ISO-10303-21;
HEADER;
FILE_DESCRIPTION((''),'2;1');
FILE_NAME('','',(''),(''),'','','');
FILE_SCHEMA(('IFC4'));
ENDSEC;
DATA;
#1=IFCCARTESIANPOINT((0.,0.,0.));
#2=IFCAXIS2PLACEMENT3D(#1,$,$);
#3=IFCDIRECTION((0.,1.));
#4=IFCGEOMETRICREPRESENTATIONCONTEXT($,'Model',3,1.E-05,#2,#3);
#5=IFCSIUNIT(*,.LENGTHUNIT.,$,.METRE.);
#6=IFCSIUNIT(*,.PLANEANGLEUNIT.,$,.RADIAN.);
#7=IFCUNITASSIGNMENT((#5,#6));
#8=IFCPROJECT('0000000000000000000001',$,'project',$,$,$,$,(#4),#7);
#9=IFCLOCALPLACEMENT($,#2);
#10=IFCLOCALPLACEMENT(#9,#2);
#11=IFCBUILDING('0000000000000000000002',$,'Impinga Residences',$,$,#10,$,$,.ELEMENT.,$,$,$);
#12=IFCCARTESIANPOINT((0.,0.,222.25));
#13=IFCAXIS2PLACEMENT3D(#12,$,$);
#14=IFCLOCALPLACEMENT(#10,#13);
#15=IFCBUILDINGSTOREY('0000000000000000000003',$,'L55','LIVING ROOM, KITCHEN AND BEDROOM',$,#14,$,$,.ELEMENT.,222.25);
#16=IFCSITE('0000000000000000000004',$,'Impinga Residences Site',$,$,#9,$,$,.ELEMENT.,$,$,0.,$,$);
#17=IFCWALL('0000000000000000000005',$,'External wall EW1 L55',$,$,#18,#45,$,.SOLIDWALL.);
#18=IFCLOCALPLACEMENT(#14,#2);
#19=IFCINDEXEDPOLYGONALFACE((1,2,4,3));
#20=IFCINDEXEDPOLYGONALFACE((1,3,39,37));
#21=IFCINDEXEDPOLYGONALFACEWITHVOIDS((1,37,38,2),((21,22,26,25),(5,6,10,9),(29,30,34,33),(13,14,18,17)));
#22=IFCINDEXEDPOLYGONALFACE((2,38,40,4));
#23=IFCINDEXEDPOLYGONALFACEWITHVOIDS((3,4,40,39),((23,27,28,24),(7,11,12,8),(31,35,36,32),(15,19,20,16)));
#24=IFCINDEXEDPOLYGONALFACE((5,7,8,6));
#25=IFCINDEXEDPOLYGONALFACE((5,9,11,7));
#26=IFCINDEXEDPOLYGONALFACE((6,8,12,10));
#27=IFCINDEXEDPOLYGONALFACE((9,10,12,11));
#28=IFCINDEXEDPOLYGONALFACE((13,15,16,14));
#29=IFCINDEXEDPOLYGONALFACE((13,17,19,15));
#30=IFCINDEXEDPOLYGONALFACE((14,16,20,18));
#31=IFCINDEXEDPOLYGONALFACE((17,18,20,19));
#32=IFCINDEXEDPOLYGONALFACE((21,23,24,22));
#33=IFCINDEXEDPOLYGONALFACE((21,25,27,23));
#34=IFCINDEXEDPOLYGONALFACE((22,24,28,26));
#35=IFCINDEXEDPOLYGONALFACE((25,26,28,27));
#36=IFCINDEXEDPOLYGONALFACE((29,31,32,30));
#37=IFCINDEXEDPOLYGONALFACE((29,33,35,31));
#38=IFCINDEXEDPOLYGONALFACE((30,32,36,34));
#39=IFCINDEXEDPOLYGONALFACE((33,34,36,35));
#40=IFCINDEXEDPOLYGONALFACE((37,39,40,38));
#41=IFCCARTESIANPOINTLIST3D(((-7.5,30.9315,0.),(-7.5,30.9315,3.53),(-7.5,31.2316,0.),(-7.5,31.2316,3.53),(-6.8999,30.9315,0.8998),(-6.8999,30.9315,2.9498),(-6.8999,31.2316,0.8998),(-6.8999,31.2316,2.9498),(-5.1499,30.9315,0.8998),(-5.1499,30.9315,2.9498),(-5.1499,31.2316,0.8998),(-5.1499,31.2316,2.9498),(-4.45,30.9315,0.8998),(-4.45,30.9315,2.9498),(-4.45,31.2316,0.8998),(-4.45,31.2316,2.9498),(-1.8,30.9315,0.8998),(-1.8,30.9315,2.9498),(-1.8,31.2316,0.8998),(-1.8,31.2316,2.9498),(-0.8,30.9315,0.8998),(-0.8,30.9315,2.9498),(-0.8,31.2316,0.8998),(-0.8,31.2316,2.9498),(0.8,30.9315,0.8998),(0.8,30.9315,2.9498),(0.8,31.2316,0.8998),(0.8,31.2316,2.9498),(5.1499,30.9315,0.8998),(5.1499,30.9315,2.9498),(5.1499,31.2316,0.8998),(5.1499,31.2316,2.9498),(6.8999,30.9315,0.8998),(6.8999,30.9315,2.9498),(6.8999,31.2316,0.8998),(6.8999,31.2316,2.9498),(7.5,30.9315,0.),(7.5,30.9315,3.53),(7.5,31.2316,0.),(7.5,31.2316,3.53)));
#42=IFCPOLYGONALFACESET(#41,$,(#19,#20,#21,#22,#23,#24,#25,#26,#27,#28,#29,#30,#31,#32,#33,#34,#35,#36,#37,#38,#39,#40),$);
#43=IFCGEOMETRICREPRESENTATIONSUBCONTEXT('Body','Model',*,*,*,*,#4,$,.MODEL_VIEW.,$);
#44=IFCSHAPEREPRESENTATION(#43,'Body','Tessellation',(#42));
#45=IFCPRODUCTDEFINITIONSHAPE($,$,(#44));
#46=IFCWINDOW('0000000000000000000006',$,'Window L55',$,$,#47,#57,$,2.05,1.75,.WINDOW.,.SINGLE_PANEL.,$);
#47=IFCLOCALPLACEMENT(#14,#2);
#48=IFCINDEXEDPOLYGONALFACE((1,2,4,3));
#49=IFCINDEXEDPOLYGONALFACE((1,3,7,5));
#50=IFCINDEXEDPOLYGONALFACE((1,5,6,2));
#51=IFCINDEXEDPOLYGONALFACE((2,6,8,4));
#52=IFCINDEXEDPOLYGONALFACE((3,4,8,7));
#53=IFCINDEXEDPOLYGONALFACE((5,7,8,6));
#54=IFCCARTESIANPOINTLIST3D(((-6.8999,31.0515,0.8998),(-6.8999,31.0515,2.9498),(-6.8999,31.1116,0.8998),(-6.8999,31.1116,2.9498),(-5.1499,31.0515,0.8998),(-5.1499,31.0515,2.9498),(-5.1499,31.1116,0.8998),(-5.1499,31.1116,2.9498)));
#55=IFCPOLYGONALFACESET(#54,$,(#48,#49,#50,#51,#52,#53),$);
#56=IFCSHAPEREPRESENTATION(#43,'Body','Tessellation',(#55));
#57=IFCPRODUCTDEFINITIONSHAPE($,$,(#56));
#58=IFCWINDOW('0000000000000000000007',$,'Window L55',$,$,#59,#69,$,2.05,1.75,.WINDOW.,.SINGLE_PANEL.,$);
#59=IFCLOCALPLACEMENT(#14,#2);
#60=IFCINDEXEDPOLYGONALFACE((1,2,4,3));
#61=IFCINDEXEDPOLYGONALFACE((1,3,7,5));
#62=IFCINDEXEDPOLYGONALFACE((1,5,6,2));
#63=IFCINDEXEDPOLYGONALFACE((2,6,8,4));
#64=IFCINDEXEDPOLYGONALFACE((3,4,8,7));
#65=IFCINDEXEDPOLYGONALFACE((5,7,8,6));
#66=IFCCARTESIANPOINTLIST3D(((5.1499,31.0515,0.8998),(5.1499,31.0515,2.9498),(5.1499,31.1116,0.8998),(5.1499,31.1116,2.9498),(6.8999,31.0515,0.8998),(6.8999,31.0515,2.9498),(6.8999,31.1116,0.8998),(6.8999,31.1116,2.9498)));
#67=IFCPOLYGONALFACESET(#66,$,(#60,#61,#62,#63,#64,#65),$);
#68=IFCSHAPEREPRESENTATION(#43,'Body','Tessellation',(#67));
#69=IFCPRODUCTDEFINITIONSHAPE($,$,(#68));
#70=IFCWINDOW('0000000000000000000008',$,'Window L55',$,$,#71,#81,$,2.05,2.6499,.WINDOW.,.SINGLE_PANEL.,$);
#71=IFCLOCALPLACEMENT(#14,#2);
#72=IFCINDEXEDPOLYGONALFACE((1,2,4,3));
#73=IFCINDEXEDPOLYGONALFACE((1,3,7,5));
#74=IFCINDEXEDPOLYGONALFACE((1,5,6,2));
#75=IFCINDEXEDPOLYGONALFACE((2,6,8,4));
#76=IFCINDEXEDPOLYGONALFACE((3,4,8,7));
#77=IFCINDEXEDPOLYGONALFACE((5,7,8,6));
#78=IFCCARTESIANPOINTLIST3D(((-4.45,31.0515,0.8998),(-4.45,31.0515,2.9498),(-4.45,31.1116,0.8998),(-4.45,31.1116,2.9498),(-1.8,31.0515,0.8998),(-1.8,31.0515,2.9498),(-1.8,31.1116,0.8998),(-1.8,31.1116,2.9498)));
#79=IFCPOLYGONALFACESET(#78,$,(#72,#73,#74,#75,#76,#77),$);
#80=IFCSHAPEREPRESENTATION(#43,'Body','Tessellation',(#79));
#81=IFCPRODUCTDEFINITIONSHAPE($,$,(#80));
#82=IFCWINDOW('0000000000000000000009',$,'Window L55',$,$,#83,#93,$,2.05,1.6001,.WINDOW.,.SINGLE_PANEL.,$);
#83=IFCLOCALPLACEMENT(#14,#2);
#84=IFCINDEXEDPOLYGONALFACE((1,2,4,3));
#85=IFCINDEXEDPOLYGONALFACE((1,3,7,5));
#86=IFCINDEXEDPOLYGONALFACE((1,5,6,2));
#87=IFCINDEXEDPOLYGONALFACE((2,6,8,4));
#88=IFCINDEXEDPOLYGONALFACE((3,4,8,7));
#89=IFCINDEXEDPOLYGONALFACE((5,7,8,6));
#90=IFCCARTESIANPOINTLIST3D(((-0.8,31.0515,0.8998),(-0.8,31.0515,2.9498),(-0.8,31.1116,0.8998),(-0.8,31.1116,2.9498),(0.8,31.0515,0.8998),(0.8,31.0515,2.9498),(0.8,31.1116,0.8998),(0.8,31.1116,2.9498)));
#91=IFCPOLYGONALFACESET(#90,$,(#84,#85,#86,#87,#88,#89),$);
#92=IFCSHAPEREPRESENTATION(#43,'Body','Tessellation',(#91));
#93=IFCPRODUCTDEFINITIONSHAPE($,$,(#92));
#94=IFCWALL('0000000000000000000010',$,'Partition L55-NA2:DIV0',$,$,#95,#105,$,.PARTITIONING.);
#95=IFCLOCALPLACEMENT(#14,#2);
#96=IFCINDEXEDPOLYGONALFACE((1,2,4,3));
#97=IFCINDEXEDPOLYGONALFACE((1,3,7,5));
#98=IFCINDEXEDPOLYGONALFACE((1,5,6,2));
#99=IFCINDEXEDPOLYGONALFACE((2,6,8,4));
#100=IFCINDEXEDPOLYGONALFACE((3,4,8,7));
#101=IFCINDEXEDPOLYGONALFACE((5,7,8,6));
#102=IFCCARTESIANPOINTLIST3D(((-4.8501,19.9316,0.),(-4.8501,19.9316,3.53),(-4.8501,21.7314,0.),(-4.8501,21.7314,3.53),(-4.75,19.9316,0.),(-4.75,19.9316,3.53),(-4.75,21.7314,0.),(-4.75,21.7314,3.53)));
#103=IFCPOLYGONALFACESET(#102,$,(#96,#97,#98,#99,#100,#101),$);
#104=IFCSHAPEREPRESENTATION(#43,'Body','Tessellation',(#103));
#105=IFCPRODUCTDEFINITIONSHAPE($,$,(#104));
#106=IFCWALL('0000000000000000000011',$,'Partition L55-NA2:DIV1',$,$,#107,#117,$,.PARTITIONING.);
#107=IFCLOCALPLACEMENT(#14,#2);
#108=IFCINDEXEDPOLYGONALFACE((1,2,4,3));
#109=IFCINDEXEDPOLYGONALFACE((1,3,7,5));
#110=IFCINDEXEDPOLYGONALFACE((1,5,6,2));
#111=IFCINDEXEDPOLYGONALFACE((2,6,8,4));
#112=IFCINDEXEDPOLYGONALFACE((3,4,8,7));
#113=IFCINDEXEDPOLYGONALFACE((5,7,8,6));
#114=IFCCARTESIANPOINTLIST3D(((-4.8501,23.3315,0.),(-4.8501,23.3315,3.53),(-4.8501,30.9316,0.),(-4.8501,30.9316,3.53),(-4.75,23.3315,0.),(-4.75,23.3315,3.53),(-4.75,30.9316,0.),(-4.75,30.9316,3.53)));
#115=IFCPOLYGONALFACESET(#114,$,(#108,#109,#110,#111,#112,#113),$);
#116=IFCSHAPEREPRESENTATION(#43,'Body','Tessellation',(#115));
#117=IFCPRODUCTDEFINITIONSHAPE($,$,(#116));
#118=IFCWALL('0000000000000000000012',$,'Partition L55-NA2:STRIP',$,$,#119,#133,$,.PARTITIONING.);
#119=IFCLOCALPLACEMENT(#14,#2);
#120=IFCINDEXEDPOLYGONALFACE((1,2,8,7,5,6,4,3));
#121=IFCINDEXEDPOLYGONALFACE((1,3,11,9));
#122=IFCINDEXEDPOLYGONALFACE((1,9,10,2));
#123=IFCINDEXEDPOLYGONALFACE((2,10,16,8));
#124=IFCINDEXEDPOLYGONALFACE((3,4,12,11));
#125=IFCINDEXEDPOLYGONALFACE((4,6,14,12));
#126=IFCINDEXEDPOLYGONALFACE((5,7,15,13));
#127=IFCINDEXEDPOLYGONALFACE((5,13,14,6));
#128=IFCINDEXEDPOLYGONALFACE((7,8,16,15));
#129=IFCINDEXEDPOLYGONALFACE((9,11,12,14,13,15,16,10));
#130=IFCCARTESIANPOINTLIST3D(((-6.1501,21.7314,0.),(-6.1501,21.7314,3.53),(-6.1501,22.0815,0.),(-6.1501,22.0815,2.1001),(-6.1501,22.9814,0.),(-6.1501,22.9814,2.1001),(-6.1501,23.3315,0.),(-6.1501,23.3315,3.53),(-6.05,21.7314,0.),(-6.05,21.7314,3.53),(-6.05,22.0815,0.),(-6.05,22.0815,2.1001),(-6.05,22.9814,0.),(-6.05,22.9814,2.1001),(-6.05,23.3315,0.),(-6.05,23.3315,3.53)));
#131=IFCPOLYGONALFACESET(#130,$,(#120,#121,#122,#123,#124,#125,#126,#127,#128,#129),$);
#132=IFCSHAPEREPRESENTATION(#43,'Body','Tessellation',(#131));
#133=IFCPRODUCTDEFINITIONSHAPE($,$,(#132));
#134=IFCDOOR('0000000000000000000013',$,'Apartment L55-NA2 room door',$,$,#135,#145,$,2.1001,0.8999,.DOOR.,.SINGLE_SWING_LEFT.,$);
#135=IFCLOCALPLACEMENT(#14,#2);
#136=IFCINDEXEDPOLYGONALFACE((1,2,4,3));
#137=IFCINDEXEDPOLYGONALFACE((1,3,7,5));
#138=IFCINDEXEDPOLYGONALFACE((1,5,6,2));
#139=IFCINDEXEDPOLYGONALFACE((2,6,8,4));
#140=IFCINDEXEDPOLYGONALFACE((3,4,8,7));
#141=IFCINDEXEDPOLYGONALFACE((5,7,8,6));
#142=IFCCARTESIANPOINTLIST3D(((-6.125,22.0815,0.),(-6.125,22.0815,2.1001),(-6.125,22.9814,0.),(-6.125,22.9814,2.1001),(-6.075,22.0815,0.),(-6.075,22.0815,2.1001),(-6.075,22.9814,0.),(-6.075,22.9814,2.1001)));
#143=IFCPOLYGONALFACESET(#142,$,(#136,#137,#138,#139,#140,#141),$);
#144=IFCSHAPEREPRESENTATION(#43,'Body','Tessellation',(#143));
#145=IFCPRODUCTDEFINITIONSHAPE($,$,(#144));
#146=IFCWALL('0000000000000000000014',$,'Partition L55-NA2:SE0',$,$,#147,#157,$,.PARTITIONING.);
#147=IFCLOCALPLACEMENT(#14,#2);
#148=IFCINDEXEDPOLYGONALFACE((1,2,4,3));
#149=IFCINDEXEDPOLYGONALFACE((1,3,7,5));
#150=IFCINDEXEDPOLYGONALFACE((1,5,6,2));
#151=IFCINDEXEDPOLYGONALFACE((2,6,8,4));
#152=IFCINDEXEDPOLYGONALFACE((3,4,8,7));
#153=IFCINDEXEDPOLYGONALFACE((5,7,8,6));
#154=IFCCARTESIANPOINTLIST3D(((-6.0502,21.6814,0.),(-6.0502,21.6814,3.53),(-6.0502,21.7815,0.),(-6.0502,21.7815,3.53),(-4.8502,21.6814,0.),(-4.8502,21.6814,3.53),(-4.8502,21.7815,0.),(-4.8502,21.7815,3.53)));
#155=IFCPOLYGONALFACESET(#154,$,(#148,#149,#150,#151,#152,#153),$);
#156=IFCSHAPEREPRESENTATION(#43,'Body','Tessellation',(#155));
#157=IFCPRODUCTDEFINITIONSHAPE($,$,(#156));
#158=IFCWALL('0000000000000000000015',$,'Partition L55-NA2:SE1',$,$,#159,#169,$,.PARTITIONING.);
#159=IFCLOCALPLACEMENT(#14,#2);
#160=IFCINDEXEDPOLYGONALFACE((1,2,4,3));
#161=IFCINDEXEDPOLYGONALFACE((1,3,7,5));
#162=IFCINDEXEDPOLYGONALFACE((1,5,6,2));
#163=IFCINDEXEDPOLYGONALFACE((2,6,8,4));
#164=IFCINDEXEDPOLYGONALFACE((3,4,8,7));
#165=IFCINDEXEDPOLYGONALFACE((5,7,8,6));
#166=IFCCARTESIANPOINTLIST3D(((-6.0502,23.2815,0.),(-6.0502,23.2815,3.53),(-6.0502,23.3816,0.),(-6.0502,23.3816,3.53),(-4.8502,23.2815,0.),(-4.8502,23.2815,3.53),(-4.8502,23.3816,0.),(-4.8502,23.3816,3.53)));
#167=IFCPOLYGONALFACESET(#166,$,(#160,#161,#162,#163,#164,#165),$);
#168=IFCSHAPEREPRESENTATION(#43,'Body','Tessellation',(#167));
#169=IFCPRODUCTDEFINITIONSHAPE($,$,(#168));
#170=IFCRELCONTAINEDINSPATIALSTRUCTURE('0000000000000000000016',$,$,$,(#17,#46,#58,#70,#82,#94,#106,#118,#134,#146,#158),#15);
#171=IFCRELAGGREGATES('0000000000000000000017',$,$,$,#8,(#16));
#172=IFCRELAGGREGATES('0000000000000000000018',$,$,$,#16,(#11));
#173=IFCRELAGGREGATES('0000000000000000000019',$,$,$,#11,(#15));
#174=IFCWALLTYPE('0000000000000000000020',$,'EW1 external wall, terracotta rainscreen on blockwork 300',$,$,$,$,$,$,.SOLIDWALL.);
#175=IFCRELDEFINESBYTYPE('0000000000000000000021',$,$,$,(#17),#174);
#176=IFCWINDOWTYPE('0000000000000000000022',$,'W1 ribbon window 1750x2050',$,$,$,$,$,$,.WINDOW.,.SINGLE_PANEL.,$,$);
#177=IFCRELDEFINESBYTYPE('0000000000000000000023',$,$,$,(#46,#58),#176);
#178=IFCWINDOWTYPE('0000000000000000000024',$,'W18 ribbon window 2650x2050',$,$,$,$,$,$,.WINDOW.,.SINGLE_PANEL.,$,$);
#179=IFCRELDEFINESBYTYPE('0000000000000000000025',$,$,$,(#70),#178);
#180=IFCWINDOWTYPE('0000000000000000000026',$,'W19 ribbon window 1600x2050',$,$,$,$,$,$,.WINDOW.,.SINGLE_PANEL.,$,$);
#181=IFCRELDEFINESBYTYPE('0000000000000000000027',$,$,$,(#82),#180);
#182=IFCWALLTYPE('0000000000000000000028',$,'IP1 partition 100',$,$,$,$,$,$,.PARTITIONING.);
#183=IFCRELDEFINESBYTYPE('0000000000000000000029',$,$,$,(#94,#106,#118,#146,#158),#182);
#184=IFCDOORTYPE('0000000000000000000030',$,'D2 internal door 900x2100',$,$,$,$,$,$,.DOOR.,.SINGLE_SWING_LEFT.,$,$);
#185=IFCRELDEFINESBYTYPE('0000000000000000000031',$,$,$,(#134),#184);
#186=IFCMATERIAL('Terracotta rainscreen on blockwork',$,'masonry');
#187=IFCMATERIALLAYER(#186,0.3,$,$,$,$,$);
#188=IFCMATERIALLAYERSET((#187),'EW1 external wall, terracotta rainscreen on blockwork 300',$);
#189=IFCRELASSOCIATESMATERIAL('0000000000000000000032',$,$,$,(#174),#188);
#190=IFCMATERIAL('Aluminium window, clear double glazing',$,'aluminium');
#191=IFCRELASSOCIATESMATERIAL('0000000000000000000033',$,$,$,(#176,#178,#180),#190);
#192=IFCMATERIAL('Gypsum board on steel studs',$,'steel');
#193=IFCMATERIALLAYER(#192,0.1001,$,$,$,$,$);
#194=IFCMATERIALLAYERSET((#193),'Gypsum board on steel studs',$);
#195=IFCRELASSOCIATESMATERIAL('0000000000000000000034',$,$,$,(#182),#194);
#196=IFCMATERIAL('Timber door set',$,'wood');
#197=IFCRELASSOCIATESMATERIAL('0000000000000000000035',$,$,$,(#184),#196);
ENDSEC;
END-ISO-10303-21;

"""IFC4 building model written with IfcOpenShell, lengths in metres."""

from ifc_helpers import new_model, si_unit, direction, frame, frame_2d, origin, place, context, subcontext, project, spatial, rectangle, extrude, material, layer, layer_set, type_object, element, fill, save


model = new_model("IFC4")

# Units and contexts
model_context = context("Model", 3, precision=1e-05, world=origin(), true_north=direction((0.0, 1.0)))
body_context = subcontext(model_context, "Body", "Model", "MODEL_VIEW")
ifc_project = project(units=[si_unit("LENGTHUNIT", "METRE"), si_unit("PLANEANGLEUNIT", "RADIAN")], contexts=[model_context])

# Site, building, storey
site_placement = place(None, origin())
site = spatial("IfcSite", under=ifc_project, at=site_placement, Name="Impinga Residences Site", CompositionType="ELEMENT", RefElevation=0.0)
building_placement = place(site_placement, origin())
building = spatial("IfcBuilding", under=site, at=building_placement, Name="Impinga Residences", CompositionType="ELEMENT")
storey_placement = place(building_placement, frame((0.0, 0.0, 222.25)))
storey = spatial("IfcBuildingStorey", under=building, at=storey_placement, Name="L55", Description="LIVING ROOM, KITCHEN AND BEDROOM", CompositionType="ELEMENT", Elevation=222.25)

# Shared definitions
ifc_material_1 = material(Name="Timber door set", Category="wood")

# Shared definitions
ifc_material_2 = material(Name="Terracotta rainscreen on blockwork", Category="masonry")
ifc_layer_1 = layer(ifc_material_2, 0.3)
ifc_layer_set_1 = layer_set([ifc_layer_1], Name="EW1 external wall, terracotta rainscreen on blockwork 300")
wall_type_1 = type_object("IfcWallType", Name="EW1 external wall, terracotta rainscreen on blockwork 300", PredefinedType="SOLIDWALL", material=ifc_layer_set_1)

# Wall, openings, windows
wall_1_placement = place(storey_placement, frame((-7.5, 31.0815, 0.0), z_axis=(0.0, 0.0, 1.0), x_axis=(1.0, 0.0, 0.0)))
wall_1 = element("IfcWall", 1, at=wall_1_placement, inside=storey, type_object=wall_type_1, Name="External wall EW1 L55", PredefinedType="SOLIDWALL", context=body_context, shape_type="SweptSolid", body=[
    extrude(rectangle(XDim=15.0, YDim=0.3, at=frame_2d((7.5, 0.0))), origin(), (0.0, 0.0, 1.0), 3.53),
])
opening_1_placement = place(wall_1_placement, frame((0.6001, 0.0, 0.8999)))
opening_1 = element("IfcOpeningElement", 2, at=opening_1_placement, cuts=wall_1, PredefinedType="OPENING", context=body_context, shape_type="SweptSolid", body=[
    extrude(rectangle(XDim=1.75, YDim=2.05, at=frame_2d((0.875, 1.0249))), frame((0.0, 0.1599, 0.0), z_axis=(0.0, -1.0, 0.0), x_axis=(1.0, 0.0, 0.0)), (0.0, 0.0, 1.0), 0.3201),
])
opening_2_placement = place(wall_1_placement, frame((3.05, 0.0, 0.8999)))
opening_2 = element("IfcOpeningElement", 3, at=opening_2_placement, cuts=wall_1, PredefinedType="OPENING", context=body_context, shape_type="SweptSolid", body=[
    extrude(rectangle(XDim=2.6499, YDim=2.05, at=frame_2d((1.325, 1.0249))), frame((0.0, 0.1599, 0.0), z_axis=(0.0, -1.0, 0.0), x_axis=(1.0, 0.0, 0.0)), (0.0, 0.0, 1.0), 0.3201),
])
opening_3_placement = place(wall_1_placement, frame((6.7, 0.0, 0.8999)))
opening_3 = element("IfcOpeningElement", 4, at=opening_3_placement, cuts=wall_1, PredefinedType="OPENING", context=body_context, shape_type="SweptSolid", body=[
    extrude(rectangle(XDim=1.6001, YDim=2.05, at=frame_2d((0.8, 1.0249))), frame((0.0, 0.1599, 0.0), z_axis=(0.0, -1.0, 0.0), x_axis=(1.0, 0.0, 0.0)), (0.0, 0.0, 1.0), 0.3201),
])
opening_4_placement = place(wall_1_placement, frame((12.6499, 0.0, 0.8999)))
opening_4 = element("IfcOpeningElement", 5, at=opening_4_placement, cuts=wall_1, PredefinedType="OPENING", context=body_context, shape_type="SweptSolid", body=[
    extrude(rectangle(XDim=1.75, YDim=2.05, at=frame_2d((0.875, 1.0249))), frame((0.0, 0.1599, 0.0), z_axis=(0.0, -1.0, 0.0), x_axis=(1.0, 0.0, 0.0)), (0.0, 0.0, 1.0), 0.3201),
])
ifc_material_3 = material(Name="Aluminium window, clear double glazing", Category="aluminium")
window_type_1 = type_object("IfcWindowType", Name="W1 ribbon window 1750x2050", PartitioningType="SINGLE_PANEL", PredefinedType="WINDOW", material=ifc_material_3)
window_1_placement = place(opening_1_placement, origin())
window_1 = element("IfcWindow", 6, at=window_1_placement, inside=storey, type_object=window_type_1, Name="Window L55", OverallHeight=2.05, OverallWidth=1.75, PartitioningType="SINGLE_PANEL", PredefinedType="WINDOW", context=body_context, shape_type="SweptSolid", body=[
    extrude(rectangle(XDim=1.75, YDim=2.05, at=frame_2d((0.875, 1.0249))), frame((0.0, 0.03, 0.0), z_axis=(0.0, -1.0, 0.0), x_axis=(1.0, 0.0, 0.0)), (0.0, 0.0, 1.0), 0.0601),
])
fill(opening_1, window_1)
window_2_placement = place(opening_4_placement, origin())
window_2 = element("IfcWindow", 7, at=window_2_placement, inside=storey, type_object=window_type_1, Name="Window L55", OverallHeight=2.05, OverallWidth=1.75, PartitioningType="SINGLE_PANEL", PredefinedType="WINDOW", context=body_context, shape_type="SweptSolid", body=[
    extrude(rectangle(XDim=1.75, YDim=2.05, at=frame_2d((0.875, 1.0249))), frame((0.0, 0.03, 0.0), z_axis=(0.0, -1.0, 0.0), x_axis=(1.0, 0.0, 0.0)), (0.0, 0.0, 1.0), 0.0601),
])
fill(opening_4, window_2)
window_type_2 = type_object("IfcWindowType", Name="W18 ribbon window 2650x2050", PartitioningType="SINGLE_PANEL", PredefinedType="WINDOW", material=ifc_material_3)
window_3_placement = place(opening_2_placement, origin())
window_3 = element("IfcWindow", 8, at=window_3_placement, inside=storey, type_object=window_type_2, Name="Window L55", OverallHeight=2.05, OverallWidth=2.6499, PartitioningType="SINGLE_PANEL", PredefinedType="WINDOW", context=body_context, shape_type="SweptSolid", body=[
    extrude(rectangle(XDim=2.6499, YDim=2.05, at=frame_2d((1.325, 1.0249))), frame((0.0, 0.03, 0.0), z_axis=(0.0, -1.0, 0.0), x_axis=(1.0, 0.0, 0.0)), (0.0, 0.0, 1.0), 0.0601),
])
fill(opening_2, window_3)
window_type_3 = type_object("IfcWindowType", Name="W19 ribbon window 1600x2050", PartitioningType="SINGLE_PANEL", PredefinedType="WINDOW", material=ifc_material_3)
window_4_placement = place(opening_3_placement, origin())
window_4 = element("IfcWindow", 9, at=window_4_placement, inside=storey, type_object=window_type_3, Name="Window L55", OverallHeight=2.05, OverallWidth=1.6001, PartitioningType="SINGLE_PANEL", PredefinedType="WINDOW", context=body_context, shape_type="SweptSolid", body=[
    extrude(rectangle(XDim=1.6001, YDim=2.05, at=frame_2d((0.8, 1.0249))), frame((0.0, 0.03, 0.0), z_axis=(0.0, -1.0, 0.0), x_axis=(1.0, 0.0, 0.0)), (0.0, 0.0, 1.0), 0.0601),
])
fill(opening_3, window_4)

# Walls
ifc_material_4 = material(Name="Gypsum board on steel studs", Category="steel")
ifc_layer_2 = layer(ifc_material_4, 0.1001)
ifc_layer_set_2 = layer_set([ifc_layer_2], Name="Gypsum board on steel studs")
wall_type_2 = type_object("IfcWallType", Name="IP1 partition 100", PredefinedType="PARTITIONING", material=ifc_layer_set_2)
wall_2_placement = place(storey_placement, frame((-4.8, 19.9316, 0.0), z_axis=(0.0, 0.0, 1.0), x_axis=(0.0, 1.0, 0.0)))
element("IfcWall", 10, at=wall_2_placement, inside=storey, type_object=wall_type_2, Name="Partition L55-NA2:DIV0", PredefinedType="PARTITIONING", context=body_context, shape_type="SweptSolid", body=[
    extrude(rectangle(XDim=1.7998, YDim=0.1001, at=frame_2d((0.8999, 0.0))), origin(), (0.0, 0.0, 1.0), 3.53),
])
wall_3_placement = place(storey_placement, frame((-4.8, 23.3315, 0.0), z_axis=(0.0, 0.0, 1.0), x_axis=(0.0, 1.0, 0.0)))
element("IfcWall", 11, at=wall_3_placement, inside=storey, type_object=wall_type_2, Name="Partition L55-NA2:DIV1", PredefinedType="PARTITIONING", context=body_context, shape_type="SweptSolid", body=[
    extrude(rectangle(XDim=7.6001, YDim=0.1001, at=frame_2d((3.8, 0.0))), origin(), (0.0, 0.0, 1.0), 3.53),
])

# Wall, opening, door
wall_4_placement = place(storey_placement, frame((-6.1001, 21.7314, 0.0), z_axis=(0.0, 0.0, 1.0), x_axis=(0.0, 1.0, 0.0)))
wall_4 = element("IfcWall", 12, at=wall_4_placement, inside=storey, type_object=wall_type_2, Name="Partition L55-NA2:STRIP", PredefinedType="PARTITIONING", context=body_context, shape_type="SweptSolid", body=[
    extrude(rectangle(XDim=1.6001, YDim=0.1001, at=frame_2d((0.8, 0.0))), origin(), (0.0, 0.0, 1.0), 3.53),
])
opening_5_placement = place(wall_4_placement, frame((0.3501, 0.0, 0.0)))
opening_5 = element("IfcOpeningElement", 13, at=opening_5_placement, cuts=wall_4, PredefinedType="OPENING", context=body_context, shape_type="SweptSolid", body=[
    extrude(rectangle(XDim=0.8999, YDim=2.1001, at=frame_2d((0.45, 1.05))), frame((0.0, 0.0601, 0.0), z_axis=(0.0, -1.0, 0.0), x_axis=(1.0, 0.0, 0.0)), (0.0, 0.0, 1.0), 0.1201),
])
door_type_1 = type_object("IfcDoorType", Name="D2 internal door 900x2100", OperationType="SINGLE_SWING_LEFT", PredefinedType="DOOR", material=ifc_material_1)
door_1_placement = place(opening_5_placement, origin())
door_1 = element("IfcDoor", 14, at=door_1_placement, inside=storey, type_object=door_type_1, Name="Apartment L55-NA2 room door", OperationType="SINGLE_SWING_LEFT", OverallHeight=2.1001, OverallWidth=0.8999, PredefinedType="DOOR", context=body_context, shape_type="SweptSolid", body=[
    extrude(rectangle(XDim=0.8999, YDim=2.1001, at=frame_2d((0.45, 1.05))), frame((0.0, 0.0249, 0.0), z_axis=(0.0, -1.0, 0.0), x_axis=(1.0, 0.0, 0.0)), (0.0, 0.0, 1.0), 0.05),
])
fill(opening_5, door_1)

# Walls
for number, where, z_axis, x_axis, name in (
    (15, (-4.8501, 21.7314, 0.0), (0.0, 0.0, 1.0), (-1.0, 0.0, 0.0), "Partition L55-NA2:SE0"),
    (16, (-4.8501, 23.3315, 0.0), (0.0, 0.0, 1.0), (-1.0, 0.0, 0.0), "Partition L55-NA2:SE1"),
):
    element("IfcWall", number, at=place(storey_placement, frame(where, z_axis=z_axis, x_axis=x_axis)), inside=storey, type_object=wall_type_2, Name=name, PredefinedType="PARTITIONING", context=body_context, shape_type="SweptSolid", body=[
        extrude(rectangle(XDim=1.2, YDim=0.1001, at=frame_2d((0.6001, 0.0))), origin(), (0.0, 0.0, 1.0), 3.53),
    ])

save(model, "model.ifc")
